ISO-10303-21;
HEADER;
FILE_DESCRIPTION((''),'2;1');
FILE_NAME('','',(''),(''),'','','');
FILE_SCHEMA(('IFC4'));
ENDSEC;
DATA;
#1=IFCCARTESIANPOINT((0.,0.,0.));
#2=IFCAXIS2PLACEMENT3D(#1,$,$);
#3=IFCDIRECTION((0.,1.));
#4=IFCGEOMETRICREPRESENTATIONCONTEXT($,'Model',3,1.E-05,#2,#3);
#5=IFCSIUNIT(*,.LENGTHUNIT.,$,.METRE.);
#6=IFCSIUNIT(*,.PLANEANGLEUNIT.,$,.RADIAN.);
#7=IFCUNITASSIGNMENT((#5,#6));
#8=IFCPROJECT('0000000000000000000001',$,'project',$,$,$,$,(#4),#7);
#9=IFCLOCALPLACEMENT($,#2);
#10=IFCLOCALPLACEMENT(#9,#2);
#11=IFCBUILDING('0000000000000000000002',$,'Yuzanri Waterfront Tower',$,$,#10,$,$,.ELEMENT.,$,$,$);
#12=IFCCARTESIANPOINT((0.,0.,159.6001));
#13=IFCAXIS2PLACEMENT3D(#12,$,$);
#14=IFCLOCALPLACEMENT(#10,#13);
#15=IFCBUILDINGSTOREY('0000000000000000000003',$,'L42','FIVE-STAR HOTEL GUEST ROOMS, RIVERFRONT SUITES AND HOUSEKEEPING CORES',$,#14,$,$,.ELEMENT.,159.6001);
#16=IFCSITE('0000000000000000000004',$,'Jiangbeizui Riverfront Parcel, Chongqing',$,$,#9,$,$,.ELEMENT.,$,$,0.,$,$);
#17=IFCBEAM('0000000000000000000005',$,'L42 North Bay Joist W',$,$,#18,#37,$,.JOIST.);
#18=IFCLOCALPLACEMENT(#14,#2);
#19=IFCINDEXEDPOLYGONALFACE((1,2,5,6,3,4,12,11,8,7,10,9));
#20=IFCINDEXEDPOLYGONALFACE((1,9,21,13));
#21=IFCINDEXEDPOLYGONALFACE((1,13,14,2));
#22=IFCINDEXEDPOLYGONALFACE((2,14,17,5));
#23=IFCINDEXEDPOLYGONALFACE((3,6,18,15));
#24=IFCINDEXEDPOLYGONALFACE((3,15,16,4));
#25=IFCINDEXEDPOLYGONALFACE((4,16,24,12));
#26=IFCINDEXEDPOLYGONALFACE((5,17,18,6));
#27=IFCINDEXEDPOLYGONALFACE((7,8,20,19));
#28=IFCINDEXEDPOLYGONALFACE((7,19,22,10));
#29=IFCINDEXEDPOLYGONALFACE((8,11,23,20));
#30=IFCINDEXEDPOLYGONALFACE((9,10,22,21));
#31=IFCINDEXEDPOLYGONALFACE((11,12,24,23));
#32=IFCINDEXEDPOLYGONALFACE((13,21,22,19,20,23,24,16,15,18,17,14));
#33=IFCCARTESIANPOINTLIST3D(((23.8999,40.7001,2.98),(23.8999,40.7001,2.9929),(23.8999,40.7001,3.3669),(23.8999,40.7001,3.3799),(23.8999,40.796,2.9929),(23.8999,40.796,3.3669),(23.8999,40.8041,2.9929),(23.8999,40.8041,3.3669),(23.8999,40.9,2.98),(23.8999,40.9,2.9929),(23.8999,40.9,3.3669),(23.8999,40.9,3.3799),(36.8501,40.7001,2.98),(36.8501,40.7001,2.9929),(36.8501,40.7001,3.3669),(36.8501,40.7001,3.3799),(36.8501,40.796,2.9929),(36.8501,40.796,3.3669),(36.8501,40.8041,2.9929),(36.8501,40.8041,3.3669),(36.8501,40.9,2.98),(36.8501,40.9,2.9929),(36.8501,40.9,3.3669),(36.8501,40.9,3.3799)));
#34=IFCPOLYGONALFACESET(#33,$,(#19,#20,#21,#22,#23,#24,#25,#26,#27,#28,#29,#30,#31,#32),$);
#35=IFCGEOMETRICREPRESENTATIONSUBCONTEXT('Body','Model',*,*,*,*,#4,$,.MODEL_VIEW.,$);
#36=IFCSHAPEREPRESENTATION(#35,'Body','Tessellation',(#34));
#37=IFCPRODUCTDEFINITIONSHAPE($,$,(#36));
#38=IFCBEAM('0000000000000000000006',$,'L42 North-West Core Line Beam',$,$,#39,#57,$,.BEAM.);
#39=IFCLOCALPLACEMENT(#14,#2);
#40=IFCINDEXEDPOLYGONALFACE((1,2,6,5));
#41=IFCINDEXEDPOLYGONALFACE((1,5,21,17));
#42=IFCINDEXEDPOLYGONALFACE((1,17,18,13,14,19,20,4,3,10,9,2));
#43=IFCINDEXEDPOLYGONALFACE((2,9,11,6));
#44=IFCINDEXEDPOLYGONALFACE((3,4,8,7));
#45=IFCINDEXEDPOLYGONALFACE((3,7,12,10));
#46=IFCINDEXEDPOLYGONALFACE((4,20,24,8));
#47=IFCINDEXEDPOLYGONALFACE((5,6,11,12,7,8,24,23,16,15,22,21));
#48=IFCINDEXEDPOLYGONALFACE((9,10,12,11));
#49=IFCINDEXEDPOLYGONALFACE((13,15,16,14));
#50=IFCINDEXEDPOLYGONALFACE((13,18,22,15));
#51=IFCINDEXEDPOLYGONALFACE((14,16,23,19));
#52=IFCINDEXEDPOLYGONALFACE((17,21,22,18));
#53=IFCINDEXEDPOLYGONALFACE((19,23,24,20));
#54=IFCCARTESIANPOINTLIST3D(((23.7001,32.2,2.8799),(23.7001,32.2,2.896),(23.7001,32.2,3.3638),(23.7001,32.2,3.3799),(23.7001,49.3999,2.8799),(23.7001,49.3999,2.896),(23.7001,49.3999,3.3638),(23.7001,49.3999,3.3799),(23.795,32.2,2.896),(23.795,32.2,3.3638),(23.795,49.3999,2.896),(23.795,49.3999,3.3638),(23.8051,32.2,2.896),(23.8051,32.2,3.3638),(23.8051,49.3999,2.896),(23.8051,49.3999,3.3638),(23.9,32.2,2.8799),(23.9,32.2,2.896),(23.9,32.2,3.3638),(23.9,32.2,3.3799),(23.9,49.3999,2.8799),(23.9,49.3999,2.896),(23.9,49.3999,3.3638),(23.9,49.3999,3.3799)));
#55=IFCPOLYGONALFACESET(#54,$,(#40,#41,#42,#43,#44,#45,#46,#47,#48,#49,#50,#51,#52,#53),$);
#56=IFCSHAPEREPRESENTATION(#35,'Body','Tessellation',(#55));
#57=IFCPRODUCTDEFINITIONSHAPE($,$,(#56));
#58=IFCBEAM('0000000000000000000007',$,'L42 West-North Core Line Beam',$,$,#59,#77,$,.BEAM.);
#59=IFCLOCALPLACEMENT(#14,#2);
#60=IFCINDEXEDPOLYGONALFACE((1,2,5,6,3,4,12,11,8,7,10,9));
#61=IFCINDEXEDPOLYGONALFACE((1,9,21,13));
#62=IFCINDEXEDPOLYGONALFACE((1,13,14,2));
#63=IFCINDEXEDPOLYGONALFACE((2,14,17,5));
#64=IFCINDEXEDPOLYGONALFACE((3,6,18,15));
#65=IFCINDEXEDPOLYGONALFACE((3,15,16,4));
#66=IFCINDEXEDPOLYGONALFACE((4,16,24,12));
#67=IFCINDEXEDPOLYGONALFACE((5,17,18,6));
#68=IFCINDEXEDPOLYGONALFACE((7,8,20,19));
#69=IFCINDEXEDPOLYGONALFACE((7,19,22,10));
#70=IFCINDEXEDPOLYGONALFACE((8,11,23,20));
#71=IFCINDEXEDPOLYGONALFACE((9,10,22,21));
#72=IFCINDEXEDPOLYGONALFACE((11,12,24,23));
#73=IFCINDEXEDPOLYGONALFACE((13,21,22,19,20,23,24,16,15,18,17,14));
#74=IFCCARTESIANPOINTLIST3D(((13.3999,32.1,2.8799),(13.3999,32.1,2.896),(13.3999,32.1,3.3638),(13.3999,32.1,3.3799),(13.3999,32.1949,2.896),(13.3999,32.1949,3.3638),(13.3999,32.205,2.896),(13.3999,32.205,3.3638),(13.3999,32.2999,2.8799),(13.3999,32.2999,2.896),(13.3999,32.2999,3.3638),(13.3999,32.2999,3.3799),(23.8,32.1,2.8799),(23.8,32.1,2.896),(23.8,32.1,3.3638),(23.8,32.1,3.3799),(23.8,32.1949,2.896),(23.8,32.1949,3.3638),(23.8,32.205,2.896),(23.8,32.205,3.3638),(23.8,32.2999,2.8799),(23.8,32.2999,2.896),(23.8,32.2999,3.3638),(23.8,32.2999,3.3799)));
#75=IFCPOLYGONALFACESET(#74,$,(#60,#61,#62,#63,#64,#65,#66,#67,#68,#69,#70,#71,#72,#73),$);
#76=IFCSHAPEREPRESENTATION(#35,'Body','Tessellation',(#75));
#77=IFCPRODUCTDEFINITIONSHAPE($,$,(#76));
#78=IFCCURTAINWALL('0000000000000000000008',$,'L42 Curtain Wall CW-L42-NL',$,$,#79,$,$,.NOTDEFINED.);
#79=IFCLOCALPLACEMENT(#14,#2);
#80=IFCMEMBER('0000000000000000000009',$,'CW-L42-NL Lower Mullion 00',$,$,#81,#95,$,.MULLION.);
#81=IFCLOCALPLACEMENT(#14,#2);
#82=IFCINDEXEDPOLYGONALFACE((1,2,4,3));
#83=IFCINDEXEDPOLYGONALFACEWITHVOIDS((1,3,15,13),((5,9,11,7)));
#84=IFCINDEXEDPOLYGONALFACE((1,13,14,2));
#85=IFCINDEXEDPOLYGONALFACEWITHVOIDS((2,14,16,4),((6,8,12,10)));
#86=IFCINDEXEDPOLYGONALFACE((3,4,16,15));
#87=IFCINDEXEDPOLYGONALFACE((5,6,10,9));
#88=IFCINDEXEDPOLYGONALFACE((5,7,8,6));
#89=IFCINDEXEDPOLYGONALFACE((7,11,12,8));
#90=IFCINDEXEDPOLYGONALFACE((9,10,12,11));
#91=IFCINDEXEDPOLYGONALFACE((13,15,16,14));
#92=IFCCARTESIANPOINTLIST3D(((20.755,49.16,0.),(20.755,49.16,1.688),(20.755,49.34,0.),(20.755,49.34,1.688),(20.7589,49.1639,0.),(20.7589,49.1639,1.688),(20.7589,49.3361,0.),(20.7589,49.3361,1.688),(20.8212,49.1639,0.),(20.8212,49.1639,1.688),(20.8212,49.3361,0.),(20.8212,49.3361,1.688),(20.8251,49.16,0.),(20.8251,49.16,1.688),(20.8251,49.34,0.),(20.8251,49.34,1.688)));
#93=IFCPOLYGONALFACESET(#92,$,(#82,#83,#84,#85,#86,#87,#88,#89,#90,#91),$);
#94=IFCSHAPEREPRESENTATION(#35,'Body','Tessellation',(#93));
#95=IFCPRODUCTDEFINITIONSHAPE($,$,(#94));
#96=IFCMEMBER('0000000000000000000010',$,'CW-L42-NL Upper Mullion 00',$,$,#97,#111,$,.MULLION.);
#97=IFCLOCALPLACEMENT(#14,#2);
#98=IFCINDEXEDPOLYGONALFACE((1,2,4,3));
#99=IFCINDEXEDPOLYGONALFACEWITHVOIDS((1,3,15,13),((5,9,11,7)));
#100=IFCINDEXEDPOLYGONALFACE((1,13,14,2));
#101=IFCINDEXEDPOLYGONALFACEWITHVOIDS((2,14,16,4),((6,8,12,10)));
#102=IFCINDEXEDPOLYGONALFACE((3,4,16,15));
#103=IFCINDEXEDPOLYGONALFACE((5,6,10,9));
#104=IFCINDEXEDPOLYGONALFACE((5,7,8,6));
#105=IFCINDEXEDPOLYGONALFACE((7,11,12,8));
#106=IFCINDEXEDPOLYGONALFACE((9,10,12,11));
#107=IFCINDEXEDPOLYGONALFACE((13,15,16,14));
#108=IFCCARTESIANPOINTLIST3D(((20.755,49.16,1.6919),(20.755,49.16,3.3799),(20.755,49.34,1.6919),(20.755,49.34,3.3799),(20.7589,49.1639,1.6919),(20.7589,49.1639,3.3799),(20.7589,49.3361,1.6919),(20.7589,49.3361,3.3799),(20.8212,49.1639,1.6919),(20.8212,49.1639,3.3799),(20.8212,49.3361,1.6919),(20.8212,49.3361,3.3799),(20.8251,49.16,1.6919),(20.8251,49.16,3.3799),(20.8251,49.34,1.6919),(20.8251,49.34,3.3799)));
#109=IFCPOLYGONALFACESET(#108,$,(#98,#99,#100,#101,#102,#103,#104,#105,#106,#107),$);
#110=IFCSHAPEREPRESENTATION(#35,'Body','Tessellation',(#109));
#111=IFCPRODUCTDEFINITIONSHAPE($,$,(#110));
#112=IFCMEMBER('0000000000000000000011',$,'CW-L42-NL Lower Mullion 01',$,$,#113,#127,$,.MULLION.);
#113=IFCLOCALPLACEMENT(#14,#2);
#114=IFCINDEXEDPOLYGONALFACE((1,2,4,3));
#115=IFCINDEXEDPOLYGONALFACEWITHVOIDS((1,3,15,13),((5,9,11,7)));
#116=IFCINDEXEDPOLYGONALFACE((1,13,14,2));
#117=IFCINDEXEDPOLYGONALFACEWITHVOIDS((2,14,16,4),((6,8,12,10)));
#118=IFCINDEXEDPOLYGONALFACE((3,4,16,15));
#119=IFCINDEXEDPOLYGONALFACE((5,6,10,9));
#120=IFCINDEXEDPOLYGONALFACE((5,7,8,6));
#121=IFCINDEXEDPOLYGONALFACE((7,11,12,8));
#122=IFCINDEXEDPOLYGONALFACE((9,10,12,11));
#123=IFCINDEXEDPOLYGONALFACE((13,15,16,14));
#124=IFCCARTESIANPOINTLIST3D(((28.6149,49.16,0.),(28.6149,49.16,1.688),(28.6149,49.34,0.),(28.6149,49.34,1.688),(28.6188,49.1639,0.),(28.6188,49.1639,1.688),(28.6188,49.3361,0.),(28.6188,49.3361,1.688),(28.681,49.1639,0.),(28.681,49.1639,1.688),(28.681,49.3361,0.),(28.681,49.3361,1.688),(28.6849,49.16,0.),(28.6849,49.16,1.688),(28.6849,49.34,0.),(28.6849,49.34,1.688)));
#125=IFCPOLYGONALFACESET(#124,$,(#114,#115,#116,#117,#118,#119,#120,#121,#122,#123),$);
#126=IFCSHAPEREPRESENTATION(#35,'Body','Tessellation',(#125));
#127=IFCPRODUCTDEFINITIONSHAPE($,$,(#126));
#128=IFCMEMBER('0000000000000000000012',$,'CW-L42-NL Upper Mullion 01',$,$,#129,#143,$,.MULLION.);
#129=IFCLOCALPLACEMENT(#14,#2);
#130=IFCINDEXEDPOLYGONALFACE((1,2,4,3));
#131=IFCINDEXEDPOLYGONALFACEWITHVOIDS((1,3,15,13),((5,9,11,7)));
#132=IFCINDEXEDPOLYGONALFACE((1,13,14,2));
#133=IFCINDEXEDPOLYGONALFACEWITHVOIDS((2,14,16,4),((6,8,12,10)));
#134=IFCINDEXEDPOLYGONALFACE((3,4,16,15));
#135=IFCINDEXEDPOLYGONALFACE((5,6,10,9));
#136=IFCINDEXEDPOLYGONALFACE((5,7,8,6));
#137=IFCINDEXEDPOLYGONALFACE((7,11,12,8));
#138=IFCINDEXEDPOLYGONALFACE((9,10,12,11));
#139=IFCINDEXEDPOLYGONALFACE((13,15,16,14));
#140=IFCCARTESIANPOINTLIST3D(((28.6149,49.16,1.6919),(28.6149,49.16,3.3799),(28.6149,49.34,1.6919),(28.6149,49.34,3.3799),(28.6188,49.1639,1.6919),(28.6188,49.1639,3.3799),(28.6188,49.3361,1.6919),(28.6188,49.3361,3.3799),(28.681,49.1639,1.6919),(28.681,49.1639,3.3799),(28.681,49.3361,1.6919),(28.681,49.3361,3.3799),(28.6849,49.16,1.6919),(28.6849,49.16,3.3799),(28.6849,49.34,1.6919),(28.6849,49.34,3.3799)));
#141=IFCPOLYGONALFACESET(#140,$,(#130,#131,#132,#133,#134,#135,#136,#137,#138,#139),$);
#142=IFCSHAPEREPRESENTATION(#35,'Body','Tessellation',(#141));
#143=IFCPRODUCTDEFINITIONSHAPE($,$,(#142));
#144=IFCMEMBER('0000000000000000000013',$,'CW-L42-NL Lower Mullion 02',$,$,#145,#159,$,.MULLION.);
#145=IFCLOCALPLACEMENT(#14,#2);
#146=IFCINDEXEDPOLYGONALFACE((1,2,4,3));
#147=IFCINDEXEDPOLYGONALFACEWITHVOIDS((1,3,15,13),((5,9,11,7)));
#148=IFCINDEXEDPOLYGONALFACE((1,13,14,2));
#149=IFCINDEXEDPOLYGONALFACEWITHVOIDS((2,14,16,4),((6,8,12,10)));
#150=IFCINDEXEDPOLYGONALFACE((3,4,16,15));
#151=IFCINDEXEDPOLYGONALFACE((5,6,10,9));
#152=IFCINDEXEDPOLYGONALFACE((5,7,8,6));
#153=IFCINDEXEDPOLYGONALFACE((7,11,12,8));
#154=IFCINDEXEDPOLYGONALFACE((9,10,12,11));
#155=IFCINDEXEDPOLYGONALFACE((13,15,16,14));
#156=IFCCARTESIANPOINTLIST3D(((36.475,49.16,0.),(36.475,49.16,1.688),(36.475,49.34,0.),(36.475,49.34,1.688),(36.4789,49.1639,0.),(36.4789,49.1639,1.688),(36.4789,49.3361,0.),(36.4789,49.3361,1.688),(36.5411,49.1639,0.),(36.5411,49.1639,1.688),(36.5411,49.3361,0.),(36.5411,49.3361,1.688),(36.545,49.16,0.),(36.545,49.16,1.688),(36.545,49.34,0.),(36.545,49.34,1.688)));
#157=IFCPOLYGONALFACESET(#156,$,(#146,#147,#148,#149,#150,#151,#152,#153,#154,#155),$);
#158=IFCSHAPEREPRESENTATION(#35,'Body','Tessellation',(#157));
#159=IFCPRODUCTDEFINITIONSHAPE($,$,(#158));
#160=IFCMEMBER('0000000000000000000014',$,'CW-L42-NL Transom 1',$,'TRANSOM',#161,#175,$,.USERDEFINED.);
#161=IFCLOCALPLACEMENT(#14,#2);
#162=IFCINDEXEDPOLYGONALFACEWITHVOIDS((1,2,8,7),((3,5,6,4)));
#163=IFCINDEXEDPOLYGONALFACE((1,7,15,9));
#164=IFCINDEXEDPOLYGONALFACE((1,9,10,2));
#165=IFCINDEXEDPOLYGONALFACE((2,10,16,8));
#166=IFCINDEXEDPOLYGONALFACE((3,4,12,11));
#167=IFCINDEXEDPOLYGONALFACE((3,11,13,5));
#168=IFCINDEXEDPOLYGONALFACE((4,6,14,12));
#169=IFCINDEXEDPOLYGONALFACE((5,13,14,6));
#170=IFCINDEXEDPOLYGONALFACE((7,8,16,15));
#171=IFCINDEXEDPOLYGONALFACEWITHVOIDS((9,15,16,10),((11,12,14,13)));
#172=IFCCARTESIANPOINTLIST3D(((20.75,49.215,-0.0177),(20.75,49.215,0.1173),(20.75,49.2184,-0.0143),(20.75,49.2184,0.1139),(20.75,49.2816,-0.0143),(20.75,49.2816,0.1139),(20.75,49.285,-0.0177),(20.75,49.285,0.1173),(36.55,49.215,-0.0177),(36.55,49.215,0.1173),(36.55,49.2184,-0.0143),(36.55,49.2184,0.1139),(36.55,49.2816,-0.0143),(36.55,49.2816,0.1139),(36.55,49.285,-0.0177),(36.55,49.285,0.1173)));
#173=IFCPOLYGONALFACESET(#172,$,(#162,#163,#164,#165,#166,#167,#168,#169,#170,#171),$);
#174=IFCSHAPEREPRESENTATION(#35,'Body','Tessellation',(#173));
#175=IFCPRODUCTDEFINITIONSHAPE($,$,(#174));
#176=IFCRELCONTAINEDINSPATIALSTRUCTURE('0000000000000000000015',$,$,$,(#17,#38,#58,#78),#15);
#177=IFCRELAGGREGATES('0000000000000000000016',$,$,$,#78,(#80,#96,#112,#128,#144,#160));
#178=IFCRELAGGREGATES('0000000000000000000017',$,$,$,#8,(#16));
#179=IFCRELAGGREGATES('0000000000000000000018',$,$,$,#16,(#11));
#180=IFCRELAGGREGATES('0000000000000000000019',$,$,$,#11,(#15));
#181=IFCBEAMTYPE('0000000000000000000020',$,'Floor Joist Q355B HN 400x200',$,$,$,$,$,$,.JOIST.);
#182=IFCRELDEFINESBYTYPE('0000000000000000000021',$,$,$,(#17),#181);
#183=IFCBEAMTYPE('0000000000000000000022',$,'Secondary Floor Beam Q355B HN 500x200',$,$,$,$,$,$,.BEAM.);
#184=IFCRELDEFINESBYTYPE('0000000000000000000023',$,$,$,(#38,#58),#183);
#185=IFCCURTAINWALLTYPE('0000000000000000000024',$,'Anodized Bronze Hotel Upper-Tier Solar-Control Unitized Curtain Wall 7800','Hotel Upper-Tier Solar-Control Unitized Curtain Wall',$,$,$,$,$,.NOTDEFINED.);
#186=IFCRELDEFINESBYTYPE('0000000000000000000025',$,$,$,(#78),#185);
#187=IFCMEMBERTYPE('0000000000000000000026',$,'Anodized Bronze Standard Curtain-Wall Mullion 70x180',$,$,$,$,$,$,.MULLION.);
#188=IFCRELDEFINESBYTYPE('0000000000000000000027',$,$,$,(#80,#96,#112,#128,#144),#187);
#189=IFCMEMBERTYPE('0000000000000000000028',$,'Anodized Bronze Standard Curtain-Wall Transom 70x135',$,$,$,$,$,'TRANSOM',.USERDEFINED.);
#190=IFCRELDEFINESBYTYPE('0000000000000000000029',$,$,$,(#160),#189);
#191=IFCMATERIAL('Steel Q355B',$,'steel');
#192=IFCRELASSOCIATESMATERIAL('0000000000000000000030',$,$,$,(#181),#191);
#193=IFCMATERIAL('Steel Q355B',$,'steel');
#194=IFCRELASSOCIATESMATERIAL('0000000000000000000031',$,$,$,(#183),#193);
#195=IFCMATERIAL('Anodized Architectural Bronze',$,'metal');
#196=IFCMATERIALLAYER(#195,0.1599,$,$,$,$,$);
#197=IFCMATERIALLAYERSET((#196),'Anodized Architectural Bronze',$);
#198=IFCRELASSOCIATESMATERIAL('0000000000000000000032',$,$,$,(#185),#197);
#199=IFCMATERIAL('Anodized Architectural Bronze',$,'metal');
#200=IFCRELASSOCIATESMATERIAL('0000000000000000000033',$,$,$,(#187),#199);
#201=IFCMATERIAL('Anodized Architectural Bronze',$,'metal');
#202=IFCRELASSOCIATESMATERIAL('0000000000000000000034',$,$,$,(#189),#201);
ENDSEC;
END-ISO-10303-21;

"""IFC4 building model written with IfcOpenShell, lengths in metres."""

from ifc_helpers import new_model, si_unit, direction, frame, origin, origin_2d, place, context, subcontext, project, spatial, hollow_rectangle, i_section, extrude, source, transform, mapped, material, layer, layer_set, material_profile, profile_set, type_object, element, aggregate, save


model = new_model("IFC4")

# Units and contexts
model_context = context("Model", 3, precision=1e-05, world=origin(), true_north=direction((0.0, 1.0)))
body_context = subcontext(model_context, "Body", "Model", "MODEL_VIEW")
ifc_project = project(units=[si_unit("LENGTHUNIT", "METRE"), si_unit("PLANEANGLEUNIT", "RADIAN")], contexts=[model_context])

# Site, building, storey
site_placement = place(None, origin())
site = spatial("IfcSite", under=ifc_project, at=site_placement, Name="Jiangbeizui Riverfront Parcel, Chongqing", CompositionType="ELEMENT", RefElevation=0.0)
building_placement = place(site_placement, origin())
building = spatial("IfcBuilding", under=site, at=building_placement, Name="Yuzanri Waterfront Tower", CompositionType="ELEMENT")
storey_placement = place(building_placement, frame((0.0, 0.0, 159.6001)))
storey = spatial("IfcBuildingStorey", under=building, at=storey_placement, Name="L42", Description="FIVE-STAR HOTEL GUEST ROOMS, RIVERFRONT SUITES AND HOUSEKEEPING CORES", CompositionType="ELEMENT", Elevation=159.6001)

# Beams
ifc_material_1 = material(Name="Steel Q355B", Category="steel")
ifc_material_profile_1 = material_profile(ifc_material_1, i_section(OverallWidth=0.2, OverallDepth=0.3999, WebThickness=0.0081, FlangeThickness=0.0129, at=origin_2d()), Name="HN 400x200x8x13")
ifc_profile_set_1 = profile_set([ifc_material_profile_1], Name="Steel Q355B")
beam_type_1 = type_object("IfcBeamType", Name="Floor Joist Q355B HN 400x200", PredefinedType="JOIST", material=ifc_profile_set_1)
shared_shape_1 = source(origin(), body_context, "Body", "SweptSolid", [
    extrude(i_section(OverallWidth=0.2, OverallDepth=0.3999, WebThickness=0.0081, FlangeThickness=0.0129, at=origin_2d()), origin(), (0.0, 0.0, 1.0), 12.9502),
])
beam_1_placement = place(storey_placement, frame((23.8999, 40.8, 3.1799), z_axis=(1.0, 0.0, 0.0), x_axis=(0.0, 1.0, 0.0)))
element("IfcBeam", 1, at=beam_1_placement, inside=storey, type_object=beam_type_1, Name="L42 North Bay Joist W", PredefinedType="JOIST", context=body_context, shape_type="MappedRepresentation", body=[
    mapped(shared_shape_1, transform((0.0, 0.0, 0.0), scale=1.0)),
])
ifc_material_2 = material(Name="Steel Q355B", Category="steel")
ifc_material_profile_2 = material_profile(ifc_material_2, i_section(OverallWidth=0.2, OverallDepth=0.5, WebThickness=0.01, FlangeThickness=0.0161, at=origin_2d()), Name="HN 500x200x10x16")
ifc_profile_set_2 = profile_set([ifc_material_profile_2], Name="Steel Q355B")
beam_type_2 = type_object("IfcBeamType", Name="Secondary Floor Beam Q355B HN 500x200", PredefinedType="BEAM", material=ifc_profile_set_2)
shared_shape_2 = source(origin(), body_context, "Body", "SweptSolid", [
    extrude(i_section(OverallWidth=0.2, OverallDepth=0.5, WebThickness=0.01, FlangeThickness=0.0161, at=origin_2d()), origin(), (0.0, 0.0, 1.0), 17.2),
])
beam_2_placement = place(storey_placement, frame((23.8, 32.2, 3.1299), z_axis=(0.0, 1.0, 0.0), x_axis=(-1.0, 0.0, 0.0)))
element("IfcBeam", 2, at=beam_2_placement, inside=storey, type_object=beam_type_2, Name="L42 North-West Core Line Beam", PredefinedType="BEAM", context=body_context, shape_type="MappedRepresentation", body=[
    mapped(shared_shape_2, transform((0.0, 0.0, 0.0), scale=1.0)),
])
shared_shape_3 = source(origin(), body_context, "Body", "SweptSolid", [
    extrude(i_section(OverallWidth=0.2, OverallDepth=0.5, WebThickness=0.01, FlangeThickness=0.0161, at=origin_2d()), origin(), (0.0, 0.0, 1.0), 10.4001),
])
beam_3_placement = place(storey_placement, frame((23.8, 32.2, 3.1299), z_axis=(-1.0, 0.0, 0.0), x_axis=(0.0, -1.0, 0.0)))
element("IfcBeam", 3, at=beam_3_placement, inside=storey, type_object=beam_type_2, Name="L42 West-North Core Line Beam", PredefinedType="BEAM", context=body_context, shape_type="MappedRepresentation", body=[
    mapped(shared_shape_3, transform((0.0, 0.0, 0.0), scale=1.0)),
])

# Curtain wall, members
ifc_material_3 = material(Name="Anodized Architectural Bronze", Category="metal")
ifc_layer_1 = layer(ifc_material_3, 0.1599)
ifc_layer_set_1 = layer_set([ifc_layer_1], Name="Anodized Architectural Bronze")
curtain_wall_type = type_object("IfcCurtainWallType", Name="Anodized Bronze Hotel Upper-Tier Solar-Control Unitized Curtain Wall 7800", Description="Hotel Upper-Tier Solar-Control Unitized Curtain Wall", PredefinedType="NOTDEFINED", material=ifc_layer_set_1)
curtain_wall_placement = place(storey_placement, origin())
curtain_wall = element("IfcCurtainWall", 4, at=curtain_wall_placement, inside=storey, type_object=curtain_wall_type, Name="L42 Curtain Wall CW-L42-NL", PredefinedType="NOTDEFINED")
ifc_material_4 = material(Name="Anodized Architectural Bronze", Category="metal")
ifc_material_profile_3 = material_profile(ifc_material_4, hollow_rectangle(XDim=0.0701, YDim=0.1799, WallThickness=0.0039, at=origin_2d()), Name="CWM 70x180")
ifc_profile_set_3 = profile_set([ifc_material_profile_3], Name="Anodized Architectural Bronze")
member_type_1 = type_object("IfcMemberType", Name="Anodized Bronze Standard Curtain-Wall Mullion 70x180", PredefinedType="MULLION", material=ifc_profile_set_3)
shared_shape_4 = source(origin(), body_context, "Body", "SweptSolid", [
    extrude(hollow_rectangle(XDim=0.0701, YDim=0.1799, WallThickness=0.0039, at=origin_2d()), origin(), (0.0, 0.0, 1.0), 1.688),
])
member_1_placement = place(storey_placement, frame((20.79, 49.25, 0.0), z_axis=(0.0, 0.0, 1.0), x_axis=(1.0, 0.0, 0.0)))
member_1 = element("IfcMember", 5, at=member_1_placement, type_object=member_type_1, Name="CW-L42-NL Lower Mullion 00", PredefinedType="MULLION", context=body_context, shape_type="MappedRepresentation", body=[
    mapped(shared_shape_4, transform((0.0, 0.0, 0.0), scale=1.0)),
])
member_2_placement = place(storey_placement, frame((20.79, 49.25, 1.6919), z_axis=(0.0, 0.0, 1.0), x_axis=(1.0, 0.0, 0.0)))
member_2 = element("IfcMember", 6, at=member_2_placement, type_object=member_type_1, Name="CW-L42-NL Upper Mullion 00", PredefinedType="MULLION", context=body_context, shape_type="MappedRepresentation", body=[
    mapped(shared_shape_4, transform((0.0, 0.0, 0.0), scale=1.0)),
])
member_3_placement = place(storey_placement, frame((28.6499, 49.25, 0.0), z_axis=(0.0, 0.0, 1.0), x_axis=(1.0, 0.0, 0.0)))
member_3 = element("IfcMember", 7, at=member_3_placement, type_object=member_type_1, Name="CW-L42-NL Lower Mullion 01", PredefinedType="MULLION", context=body_context, shape_type="MappedRepresentation", body=[
    mapped(shared_shape_4, transform((0.0, 0.0, 0.0), scale=1.0)),
])
member_4_placement = place(storey_placement, frame((28.6499, 49.25, 1.6919), z_axis=(0.0, 0.0, 1.0), x_axis=(1.0, 0.0, 0.0)))
member_4 = element("IfcMember", 8, at=member_4_placement, type_object=member_type_1, Name="CW-L42-NL Upper Mullion 01", PredefinedType="MULLION", context=body_context, shape_type="MappedRepresentation", body=[
    mapped(shared_shape_4, transform((0.0, 0.0, 0.0), scale=1.0)),
])
member_5_placement = place(storey_placement, frame((36.51, 49.25, 0.0), z_axis=(0.0, 0.0, 1.0), x_axis=(1.0, 0.0, 0.0)))
member_5 = element("IfcMember", 9, at=member_5_placement, type_object=member_type_1, Name="CW-L42-NL Lower Mullion 02", PredefinedType="MULLION", context=body_context, shape_type="MappedRepresentation", body=[
    mapped(shared_shape_4, transform((0.0, 0.0, 0.0), scale=1.0)),
])
ifc_material_5 = material(Name="Anodized Architectural Bronze", Category="metal")
ifc_material_profile_4 = material_profile(ifc_material_5, hollow_rectangle(XDim=0.0701, YDim=0.135, WallThickness=0.0034, at=origin_2d()), Name="CWT 70x135")
ifc_profile_set_4 = profile_set([ifc_material_profile_4], Name="Anodized Architectural Bronze")
member_type_2 = type_object("IfcMemberType", Name="Anodized Bronze Standard Curtain-Wall Transom 70x135", ElementType="TRANSOM", PredefinedType="USERDEFINED", material=ifc_profile_set_4)
shared_shape_5 = source(origin(), body_context, "Body", "SweptSolid", [
    extrude(hollow_rectangle(XDim=0.0701, YDim=0.135, WallThickness=0.0034, at=origin_2d()), origin(), (0.0, 0.0, 1.0), 15.8),
])
member_6_placement = place(storey_placement, frame((20.75, 49.25, 0.0498), z_axis=(1.0, 0.0, 0.0), x_axis=(0.0, 1.0, 0.0)))
member_6 = element("IfcMember", 10, at=member_6_placement, type_object=member_type_2, Name="CW-L42-NL Transom 1", ObjectType="TRANSOM", PredefinedType="USERDEFINED", context=body_context, shape_type="MappedRepresentation", body=[
    mapped(shared_shape_5, transform((0.0, 0.0, 0.0), scale=1.0)),
])
aggregate(curtain_wall, [member_1, member_2, member_3, member_4, member_5, member_6])

save(model, "model.ifc")
